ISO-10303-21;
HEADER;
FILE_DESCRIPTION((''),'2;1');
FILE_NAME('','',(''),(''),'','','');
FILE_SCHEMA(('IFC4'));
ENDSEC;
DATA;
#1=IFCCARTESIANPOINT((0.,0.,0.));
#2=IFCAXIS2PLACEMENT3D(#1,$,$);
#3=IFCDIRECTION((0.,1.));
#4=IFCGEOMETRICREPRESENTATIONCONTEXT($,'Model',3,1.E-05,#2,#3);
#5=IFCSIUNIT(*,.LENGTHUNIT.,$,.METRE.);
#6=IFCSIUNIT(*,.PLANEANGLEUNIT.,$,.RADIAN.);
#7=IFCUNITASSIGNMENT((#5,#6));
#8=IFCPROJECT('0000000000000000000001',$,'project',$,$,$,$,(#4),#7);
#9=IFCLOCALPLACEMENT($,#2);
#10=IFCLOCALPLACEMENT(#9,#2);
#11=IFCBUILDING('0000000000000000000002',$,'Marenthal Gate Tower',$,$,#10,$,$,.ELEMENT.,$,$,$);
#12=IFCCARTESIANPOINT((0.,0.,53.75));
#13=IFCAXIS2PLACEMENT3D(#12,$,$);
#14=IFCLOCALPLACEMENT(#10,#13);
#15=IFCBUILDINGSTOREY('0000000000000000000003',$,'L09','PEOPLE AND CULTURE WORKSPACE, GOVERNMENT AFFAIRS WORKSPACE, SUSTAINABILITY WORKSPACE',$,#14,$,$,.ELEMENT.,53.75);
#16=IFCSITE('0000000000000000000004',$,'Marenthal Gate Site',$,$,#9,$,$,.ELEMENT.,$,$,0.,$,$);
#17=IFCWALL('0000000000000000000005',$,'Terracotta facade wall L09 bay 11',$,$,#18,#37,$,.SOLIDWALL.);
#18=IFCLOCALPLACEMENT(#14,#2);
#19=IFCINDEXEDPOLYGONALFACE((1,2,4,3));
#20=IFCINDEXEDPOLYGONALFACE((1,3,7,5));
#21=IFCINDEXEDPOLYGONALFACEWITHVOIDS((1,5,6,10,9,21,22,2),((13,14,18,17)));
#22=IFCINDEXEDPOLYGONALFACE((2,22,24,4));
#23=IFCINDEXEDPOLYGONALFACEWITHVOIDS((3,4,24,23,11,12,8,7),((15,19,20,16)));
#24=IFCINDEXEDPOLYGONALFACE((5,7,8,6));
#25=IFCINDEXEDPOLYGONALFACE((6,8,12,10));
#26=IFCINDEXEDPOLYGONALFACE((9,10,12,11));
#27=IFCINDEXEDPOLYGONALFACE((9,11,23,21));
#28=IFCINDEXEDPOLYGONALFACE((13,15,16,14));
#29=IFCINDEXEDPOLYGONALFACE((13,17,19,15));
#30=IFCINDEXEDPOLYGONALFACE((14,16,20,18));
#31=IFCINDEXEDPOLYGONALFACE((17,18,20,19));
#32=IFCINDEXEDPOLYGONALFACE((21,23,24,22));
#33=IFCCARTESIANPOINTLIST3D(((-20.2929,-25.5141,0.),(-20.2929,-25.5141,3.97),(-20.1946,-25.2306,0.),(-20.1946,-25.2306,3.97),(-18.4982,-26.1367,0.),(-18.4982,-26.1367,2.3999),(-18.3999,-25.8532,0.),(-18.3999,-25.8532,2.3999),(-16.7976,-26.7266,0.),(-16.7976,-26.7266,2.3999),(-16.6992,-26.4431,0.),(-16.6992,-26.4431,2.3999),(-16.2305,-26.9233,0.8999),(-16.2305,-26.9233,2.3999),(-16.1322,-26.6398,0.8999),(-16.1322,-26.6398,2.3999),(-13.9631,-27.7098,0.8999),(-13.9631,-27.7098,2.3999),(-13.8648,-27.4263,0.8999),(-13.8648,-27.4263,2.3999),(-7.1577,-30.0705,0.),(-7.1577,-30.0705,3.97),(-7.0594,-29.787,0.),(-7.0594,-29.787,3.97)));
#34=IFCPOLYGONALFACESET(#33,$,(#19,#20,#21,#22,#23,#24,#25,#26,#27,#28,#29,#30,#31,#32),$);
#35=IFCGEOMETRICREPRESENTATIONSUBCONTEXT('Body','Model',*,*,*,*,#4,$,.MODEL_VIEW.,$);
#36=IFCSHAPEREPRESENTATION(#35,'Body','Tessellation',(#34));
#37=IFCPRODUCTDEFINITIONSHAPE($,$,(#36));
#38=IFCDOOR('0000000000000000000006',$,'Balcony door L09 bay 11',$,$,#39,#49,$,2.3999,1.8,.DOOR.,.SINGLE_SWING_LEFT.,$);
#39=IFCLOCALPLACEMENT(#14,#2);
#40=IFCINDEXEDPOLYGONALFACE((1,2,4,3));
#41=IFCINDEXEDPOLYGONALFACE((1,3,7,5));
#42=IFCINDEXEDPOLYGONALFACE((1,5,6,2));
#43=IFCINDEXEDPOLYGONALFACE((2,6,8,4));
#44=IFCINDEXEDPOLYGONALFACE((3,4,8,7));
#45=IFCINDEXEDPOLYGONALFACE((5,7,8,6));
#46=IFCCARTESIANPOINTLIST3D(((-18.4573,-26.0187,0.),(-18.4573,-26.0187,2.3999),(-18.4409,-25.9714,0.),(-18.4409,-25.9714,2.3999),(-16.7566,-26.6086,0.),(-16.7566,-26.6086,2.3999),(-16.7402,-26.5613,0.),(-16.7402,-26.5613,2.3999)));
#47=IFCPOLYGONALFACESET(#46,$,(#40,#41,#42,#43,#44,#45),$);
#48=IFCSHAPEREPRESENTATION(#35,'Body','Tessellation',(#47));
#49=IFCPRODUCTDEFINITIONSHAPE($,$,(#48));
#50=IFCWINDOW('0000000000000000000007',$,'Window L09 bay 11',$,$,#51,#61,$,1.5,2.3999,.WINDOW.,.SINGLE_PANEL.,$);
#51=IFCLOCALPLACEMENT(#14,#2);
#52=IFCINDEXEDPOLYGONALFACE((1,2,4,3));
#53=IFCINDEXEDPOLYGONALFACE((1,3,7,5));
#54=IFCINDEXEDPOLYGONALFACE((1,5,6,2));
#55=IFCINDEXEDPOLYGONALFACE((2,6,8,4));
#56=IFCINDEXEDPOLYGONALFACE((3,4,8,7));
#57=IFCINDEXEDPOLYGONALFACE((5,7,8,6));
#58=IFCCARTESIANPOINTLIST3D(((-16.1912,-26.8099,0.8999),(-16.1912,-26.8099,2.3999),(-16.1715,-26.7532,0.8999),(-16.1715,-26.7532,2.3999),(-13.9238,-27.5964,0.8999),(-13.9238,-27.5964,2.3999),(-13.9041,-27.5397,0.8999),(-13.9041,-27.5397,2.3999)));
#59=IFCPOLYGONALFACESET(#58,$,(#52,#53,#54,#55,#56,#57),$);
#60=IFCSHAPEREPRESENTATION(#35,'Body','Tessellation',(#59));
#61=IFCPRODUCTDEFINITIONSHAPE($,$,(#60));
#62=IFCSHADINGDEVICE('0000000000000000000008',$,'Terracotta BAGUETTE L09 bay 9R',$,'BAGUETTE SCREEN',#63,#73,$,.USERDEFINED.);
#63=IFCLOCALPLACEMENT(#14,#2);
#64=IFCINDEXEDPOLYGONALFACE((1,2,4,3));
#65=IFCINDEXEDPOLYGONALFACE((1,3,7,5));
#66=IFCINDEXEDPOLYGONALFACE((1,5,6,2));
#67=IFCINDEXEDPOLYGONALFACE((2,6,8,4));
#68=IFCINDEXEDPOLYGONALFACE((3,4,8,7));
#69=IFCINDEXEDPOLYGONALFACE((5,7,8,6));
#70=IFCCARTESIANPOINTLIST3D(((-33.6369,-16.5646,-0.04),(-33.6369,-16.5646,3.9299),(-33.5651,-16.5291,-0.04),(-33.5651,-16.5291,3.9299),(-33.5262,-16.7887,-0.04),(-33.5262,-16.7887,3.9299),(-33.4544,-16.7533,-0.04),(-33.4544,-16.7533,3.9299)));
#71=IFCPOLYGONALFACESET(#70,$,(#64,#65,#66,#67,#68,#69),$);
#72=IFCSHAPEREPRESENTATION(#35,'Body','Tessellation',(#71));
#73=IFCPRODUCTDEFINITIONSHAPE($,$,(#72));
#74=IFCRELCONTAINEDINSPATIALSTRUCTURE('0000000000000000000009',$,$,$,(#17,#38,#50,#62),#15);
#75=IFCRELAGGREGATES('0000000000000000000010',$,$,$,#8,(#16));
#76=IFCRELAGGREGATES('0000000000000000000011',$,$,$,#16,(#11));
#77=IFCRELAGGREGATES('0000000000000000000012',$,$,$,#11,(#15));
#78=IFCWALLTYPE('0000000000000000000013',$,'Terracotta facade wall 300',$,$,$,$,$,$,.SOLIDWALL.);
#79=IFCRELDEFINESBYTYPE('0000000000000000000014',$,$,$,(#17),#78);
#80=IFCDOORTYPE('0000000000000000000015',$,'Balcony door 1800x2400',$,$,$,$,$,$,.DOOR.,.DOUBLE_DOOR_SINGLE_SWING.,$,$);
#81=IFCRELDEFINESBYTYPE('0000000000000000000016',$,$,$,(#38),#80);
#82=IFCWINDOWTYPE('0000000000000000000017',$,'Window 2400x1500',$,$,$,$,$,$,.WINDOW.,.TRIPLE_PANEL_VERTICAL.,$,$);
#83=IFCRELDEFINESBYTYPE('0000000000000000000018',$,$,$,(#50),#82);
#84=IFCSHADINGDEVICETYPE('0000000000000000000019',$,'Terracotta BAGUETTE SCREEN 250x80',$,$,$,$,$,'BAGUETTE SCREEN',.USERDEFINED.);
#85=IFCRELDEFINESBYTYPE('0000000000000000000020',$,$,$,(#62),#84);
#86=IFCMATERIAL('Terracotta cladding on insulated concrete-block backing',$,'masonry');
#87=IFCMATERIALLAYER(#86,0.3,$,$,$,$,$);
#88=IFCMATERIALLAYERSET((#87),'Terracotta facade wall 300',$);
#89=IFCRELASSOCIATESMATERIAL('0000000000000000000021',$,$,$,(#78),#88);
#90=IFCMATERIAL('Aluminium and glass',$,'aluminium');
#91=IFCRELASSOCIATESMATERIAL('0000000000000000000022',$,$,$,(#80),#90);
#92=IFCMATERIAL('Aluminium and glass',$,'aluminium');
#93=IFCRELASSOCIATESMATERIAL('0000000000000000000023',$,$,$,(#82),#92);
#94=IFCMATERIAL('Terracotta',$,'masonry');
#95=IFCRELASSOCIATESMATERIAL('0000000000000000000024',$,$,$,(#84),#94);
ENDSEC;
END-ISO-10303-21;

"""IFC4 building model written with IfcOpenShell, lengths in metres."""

from ifc_helpers import new_model, si_unit, direction, frame, frame_2d, origin, origin_2d, place, context, subcontext, project, spatial, rectangle, extrude, material, layer, layer_set, material_profile, profile_set, type_object, element, fill, save


model = new_model("IFC4")

# Units and contexts
model_context = context("Model", 3, precision=1e-05, world=origin(), true_north=direction((0.0, 1.0)))
body_context = subcontext(model_context, "Body", "Model", "MODEL_VIEW")
ifc_project = project(units=[si_unit("LENGTHUNIT", "METRE"), si_unit("PLANEANGLEUNIT", "RADIAN")], contexts=[model_context])

# Site, building, storey
site_placement = place(None, origin())
site = spatial("IfcSite", under=ifc_project, at=site_placement, Name="Marenthal Gate Site", CompositionType="ELEMENT", RefElevation=0.0)
building_placement = place(site_placement, origin())
building = spatial("IfcBuilding", under=site, at=building_placement, Name="Marenthal Gate Tower", CompositionType="ELEMENT")
storey_placement = place(building_placement, frame((0.0, 0.0, 53.75)))
storey = spatial("IfcBuildingStorey", under=building, at=storey_placement, Name="L09", Description="PEOPLE AND CULTURE WORKSPACE, GOVERNMENT AFFAIRS WORKSPACE, SUSTAINABILITY WORKSPACE", CompositionType="ELEMENT", Elevation=53.75)

# Wall, openings, door, window
ifc_material_1 = material(Name="Terracotta cladding on insulated concrete-block backing", Category="masonry")
ifc_layer_1 = layer(ifc_material_1, 0.3)
ifc_layer_set_1 = layer_set([ifc_layer_1], Name="Terracotta facade wall 300")
wall_type = type_object("IfcWallType", Name="Terracotta facade wall 300", PredefinedType="SOLIDWALL", material=ifc_layer_set_1)
wall_placement = place(storey_placement, frame((-20.2439, -25.3723, 0.0), z_axis=(0.0, 0.0, 1.0), x_axis=(0.944773, -0.327726, 0.0)))
wall = element("IfcWall", 1, at=wall_placement, inside=storey, type_object=wall_type, Name="Terracotta facade wall L09 bay 11", PredefinedType="SOLIDWALL", context=body_context, shape_type="SweptSolid", body=[
    extrude(rectangle(XDim=13.9031, YDim=0.3, at=frame_2d((6.9517, 0.0))), origin(), (0.0, 0.0, 1.0), 3.97),
])
opening_1_placement = place(wall_placement, frame((1.8999, 0.0, 0.0)))
opening_1 = element("IfcOpeningElement", 2, at=opening_1_placement, cuts=wall, PredefinedType="OPENING", context=body_context, shape_type="SweptSolid", body=[
    extrude(rectangle(XDim=1.8, YDim=2.3999, at=frame_2d((0.8999, 1.2))), frame((0.0, 0.1602, 0.0), z_axis=(0.0, -1.0, 0.0), x_axis=(1.0, 0.0, 0.0)), (0.0, 0.0, 1.0), 0.3201),
])
opening_2_placement = place(wall_placement, frame((4.3, 0.0, 0.8999)))
opening_2 = element("IfcOpeningElement", 3, at=opening_2_placement, cuts=wall, PredefinedType="OPENING", context=body_context, shape_type="SweptSolid", body=[
    extrude(rectangle(XDim=2.3999, YDim=1.5, at=frame_2d((1.2, 0.75))), frame((0.0, 0.1602, 0.0), z_axis=(0.0, -1.0, 0.0), x_axis=(1.0, 0.0, 0.0)), (0.0, 0.0, 1.0), 0.3201),
])
ifc_material_2 = material(Name="Aluminium and glass", Category="aluminium")
door_type = type_object("IfcDoorType", Name="Balcony door 1800x2400", OperationType="DOUBLE_DOOR_SINGLE_SWING", PredefinedType="DOOR", material=ifc_material_2)
door_placement = place(opening_1_placement, origin())
door = element("IfcDoor", 4, at=door_placement, inside=storey, type_object=door_type, Name="Balcony door L09 bay 11", OperationType="SINGLE_SWING_LEFT", OverallHeight=2.3999, OverallWidth=1.8, PredefinedType="DOOR", context=body_context, shape_type="SweptSolid", body=[
    extrude(rectangle(XDim=1.8, YDim=2.3999, at=frame_2d((0.8999, 1.2))), frame((0.0, 0.0249, 0.0), z_axis=(0.0, -1.0, 0.0), x_axis=(1.0, 0.0, 0.0)), (0.0, 0.0, 1.0), 0.05),
])
fill(opening_1, door)
ifc_material_3 = material(Name="Aluminium and glass", Category="aluminium")
window_type = type_object("IfcWindowType", Name="Window 2400x1500", PartitioningType="TRIPLE_PANEL_VERTICAL", PredefinedType="WINDOW", material=ifc_material_3)
window_placement = place(opening_2_placement, origin())
window = element("IfcWindow", 5, at=window_placement, inside=storey, type_object=window_type, Name="Window L09 bay 11", OverallHeight=1.5, OverallWidth=2.3999, PartitioningType="SINGLE_PANEL", PredefinedType="WINDOW", context=body_context, shape_type="SweptSolid", body=[
    extrude(rectangle(XDim=2.3999, YDim=1.5, at=frame_2d((1.2, 0.75))), frame((0.0, 0.03, 0.0), z_axis=(0.0, -1.0, 0.0), x_axis=(1.0, 0.0, 0.0)), (0.0, 0.0, 1.0), 0.0601),
])
fill(opening_2, window)

# Shading device
ifc_material_4 = material(Name="Terracotta", Category="masonry")
ifc_material_profile_1 = material_profile(ifc_material_4, rectangle(XDim=0.25, YDim=0.0801, at=origin_2d()), Name="Terracotta baguette 250x80")
ifc_profile_set_1 = profile_set([ifc_material_profile_1], Name="Terracotta")
shading_device_type = type_object("IfcShadingDeviceType", Name="Terracotta BAGUETTE SCREEN 250x80", ElementType="BAGUETTE SCREEN", PredefinedType="USERDEFINED", material=ifc_profile_set_1)
shading_device_placement = place(storey_placement, frame((-33.5457, -16.6589, -0.04), z_axis=(0.0, 0.0, 1.0), x_axis=(0.443058, -0.896493, 0.0)))
element("IfcShadingDevice", 6, at=shading_device_placement, inside=storey, type_object=shading_device_type, Name="Terracotta BAGUETTE L09 bay 9R", ObjectType="BAGUETTE SCREEN", PredefinedType="USERDEFINED", context=body_context, shape_type="SweptSolid", body=[
    extrude(rectangle(XDim=0.25, YDim=0.0801, at=origin_2d()), origin(), (0.0, 0.0, 1.0), 3.97),
])

save(model, "model.ifc")
